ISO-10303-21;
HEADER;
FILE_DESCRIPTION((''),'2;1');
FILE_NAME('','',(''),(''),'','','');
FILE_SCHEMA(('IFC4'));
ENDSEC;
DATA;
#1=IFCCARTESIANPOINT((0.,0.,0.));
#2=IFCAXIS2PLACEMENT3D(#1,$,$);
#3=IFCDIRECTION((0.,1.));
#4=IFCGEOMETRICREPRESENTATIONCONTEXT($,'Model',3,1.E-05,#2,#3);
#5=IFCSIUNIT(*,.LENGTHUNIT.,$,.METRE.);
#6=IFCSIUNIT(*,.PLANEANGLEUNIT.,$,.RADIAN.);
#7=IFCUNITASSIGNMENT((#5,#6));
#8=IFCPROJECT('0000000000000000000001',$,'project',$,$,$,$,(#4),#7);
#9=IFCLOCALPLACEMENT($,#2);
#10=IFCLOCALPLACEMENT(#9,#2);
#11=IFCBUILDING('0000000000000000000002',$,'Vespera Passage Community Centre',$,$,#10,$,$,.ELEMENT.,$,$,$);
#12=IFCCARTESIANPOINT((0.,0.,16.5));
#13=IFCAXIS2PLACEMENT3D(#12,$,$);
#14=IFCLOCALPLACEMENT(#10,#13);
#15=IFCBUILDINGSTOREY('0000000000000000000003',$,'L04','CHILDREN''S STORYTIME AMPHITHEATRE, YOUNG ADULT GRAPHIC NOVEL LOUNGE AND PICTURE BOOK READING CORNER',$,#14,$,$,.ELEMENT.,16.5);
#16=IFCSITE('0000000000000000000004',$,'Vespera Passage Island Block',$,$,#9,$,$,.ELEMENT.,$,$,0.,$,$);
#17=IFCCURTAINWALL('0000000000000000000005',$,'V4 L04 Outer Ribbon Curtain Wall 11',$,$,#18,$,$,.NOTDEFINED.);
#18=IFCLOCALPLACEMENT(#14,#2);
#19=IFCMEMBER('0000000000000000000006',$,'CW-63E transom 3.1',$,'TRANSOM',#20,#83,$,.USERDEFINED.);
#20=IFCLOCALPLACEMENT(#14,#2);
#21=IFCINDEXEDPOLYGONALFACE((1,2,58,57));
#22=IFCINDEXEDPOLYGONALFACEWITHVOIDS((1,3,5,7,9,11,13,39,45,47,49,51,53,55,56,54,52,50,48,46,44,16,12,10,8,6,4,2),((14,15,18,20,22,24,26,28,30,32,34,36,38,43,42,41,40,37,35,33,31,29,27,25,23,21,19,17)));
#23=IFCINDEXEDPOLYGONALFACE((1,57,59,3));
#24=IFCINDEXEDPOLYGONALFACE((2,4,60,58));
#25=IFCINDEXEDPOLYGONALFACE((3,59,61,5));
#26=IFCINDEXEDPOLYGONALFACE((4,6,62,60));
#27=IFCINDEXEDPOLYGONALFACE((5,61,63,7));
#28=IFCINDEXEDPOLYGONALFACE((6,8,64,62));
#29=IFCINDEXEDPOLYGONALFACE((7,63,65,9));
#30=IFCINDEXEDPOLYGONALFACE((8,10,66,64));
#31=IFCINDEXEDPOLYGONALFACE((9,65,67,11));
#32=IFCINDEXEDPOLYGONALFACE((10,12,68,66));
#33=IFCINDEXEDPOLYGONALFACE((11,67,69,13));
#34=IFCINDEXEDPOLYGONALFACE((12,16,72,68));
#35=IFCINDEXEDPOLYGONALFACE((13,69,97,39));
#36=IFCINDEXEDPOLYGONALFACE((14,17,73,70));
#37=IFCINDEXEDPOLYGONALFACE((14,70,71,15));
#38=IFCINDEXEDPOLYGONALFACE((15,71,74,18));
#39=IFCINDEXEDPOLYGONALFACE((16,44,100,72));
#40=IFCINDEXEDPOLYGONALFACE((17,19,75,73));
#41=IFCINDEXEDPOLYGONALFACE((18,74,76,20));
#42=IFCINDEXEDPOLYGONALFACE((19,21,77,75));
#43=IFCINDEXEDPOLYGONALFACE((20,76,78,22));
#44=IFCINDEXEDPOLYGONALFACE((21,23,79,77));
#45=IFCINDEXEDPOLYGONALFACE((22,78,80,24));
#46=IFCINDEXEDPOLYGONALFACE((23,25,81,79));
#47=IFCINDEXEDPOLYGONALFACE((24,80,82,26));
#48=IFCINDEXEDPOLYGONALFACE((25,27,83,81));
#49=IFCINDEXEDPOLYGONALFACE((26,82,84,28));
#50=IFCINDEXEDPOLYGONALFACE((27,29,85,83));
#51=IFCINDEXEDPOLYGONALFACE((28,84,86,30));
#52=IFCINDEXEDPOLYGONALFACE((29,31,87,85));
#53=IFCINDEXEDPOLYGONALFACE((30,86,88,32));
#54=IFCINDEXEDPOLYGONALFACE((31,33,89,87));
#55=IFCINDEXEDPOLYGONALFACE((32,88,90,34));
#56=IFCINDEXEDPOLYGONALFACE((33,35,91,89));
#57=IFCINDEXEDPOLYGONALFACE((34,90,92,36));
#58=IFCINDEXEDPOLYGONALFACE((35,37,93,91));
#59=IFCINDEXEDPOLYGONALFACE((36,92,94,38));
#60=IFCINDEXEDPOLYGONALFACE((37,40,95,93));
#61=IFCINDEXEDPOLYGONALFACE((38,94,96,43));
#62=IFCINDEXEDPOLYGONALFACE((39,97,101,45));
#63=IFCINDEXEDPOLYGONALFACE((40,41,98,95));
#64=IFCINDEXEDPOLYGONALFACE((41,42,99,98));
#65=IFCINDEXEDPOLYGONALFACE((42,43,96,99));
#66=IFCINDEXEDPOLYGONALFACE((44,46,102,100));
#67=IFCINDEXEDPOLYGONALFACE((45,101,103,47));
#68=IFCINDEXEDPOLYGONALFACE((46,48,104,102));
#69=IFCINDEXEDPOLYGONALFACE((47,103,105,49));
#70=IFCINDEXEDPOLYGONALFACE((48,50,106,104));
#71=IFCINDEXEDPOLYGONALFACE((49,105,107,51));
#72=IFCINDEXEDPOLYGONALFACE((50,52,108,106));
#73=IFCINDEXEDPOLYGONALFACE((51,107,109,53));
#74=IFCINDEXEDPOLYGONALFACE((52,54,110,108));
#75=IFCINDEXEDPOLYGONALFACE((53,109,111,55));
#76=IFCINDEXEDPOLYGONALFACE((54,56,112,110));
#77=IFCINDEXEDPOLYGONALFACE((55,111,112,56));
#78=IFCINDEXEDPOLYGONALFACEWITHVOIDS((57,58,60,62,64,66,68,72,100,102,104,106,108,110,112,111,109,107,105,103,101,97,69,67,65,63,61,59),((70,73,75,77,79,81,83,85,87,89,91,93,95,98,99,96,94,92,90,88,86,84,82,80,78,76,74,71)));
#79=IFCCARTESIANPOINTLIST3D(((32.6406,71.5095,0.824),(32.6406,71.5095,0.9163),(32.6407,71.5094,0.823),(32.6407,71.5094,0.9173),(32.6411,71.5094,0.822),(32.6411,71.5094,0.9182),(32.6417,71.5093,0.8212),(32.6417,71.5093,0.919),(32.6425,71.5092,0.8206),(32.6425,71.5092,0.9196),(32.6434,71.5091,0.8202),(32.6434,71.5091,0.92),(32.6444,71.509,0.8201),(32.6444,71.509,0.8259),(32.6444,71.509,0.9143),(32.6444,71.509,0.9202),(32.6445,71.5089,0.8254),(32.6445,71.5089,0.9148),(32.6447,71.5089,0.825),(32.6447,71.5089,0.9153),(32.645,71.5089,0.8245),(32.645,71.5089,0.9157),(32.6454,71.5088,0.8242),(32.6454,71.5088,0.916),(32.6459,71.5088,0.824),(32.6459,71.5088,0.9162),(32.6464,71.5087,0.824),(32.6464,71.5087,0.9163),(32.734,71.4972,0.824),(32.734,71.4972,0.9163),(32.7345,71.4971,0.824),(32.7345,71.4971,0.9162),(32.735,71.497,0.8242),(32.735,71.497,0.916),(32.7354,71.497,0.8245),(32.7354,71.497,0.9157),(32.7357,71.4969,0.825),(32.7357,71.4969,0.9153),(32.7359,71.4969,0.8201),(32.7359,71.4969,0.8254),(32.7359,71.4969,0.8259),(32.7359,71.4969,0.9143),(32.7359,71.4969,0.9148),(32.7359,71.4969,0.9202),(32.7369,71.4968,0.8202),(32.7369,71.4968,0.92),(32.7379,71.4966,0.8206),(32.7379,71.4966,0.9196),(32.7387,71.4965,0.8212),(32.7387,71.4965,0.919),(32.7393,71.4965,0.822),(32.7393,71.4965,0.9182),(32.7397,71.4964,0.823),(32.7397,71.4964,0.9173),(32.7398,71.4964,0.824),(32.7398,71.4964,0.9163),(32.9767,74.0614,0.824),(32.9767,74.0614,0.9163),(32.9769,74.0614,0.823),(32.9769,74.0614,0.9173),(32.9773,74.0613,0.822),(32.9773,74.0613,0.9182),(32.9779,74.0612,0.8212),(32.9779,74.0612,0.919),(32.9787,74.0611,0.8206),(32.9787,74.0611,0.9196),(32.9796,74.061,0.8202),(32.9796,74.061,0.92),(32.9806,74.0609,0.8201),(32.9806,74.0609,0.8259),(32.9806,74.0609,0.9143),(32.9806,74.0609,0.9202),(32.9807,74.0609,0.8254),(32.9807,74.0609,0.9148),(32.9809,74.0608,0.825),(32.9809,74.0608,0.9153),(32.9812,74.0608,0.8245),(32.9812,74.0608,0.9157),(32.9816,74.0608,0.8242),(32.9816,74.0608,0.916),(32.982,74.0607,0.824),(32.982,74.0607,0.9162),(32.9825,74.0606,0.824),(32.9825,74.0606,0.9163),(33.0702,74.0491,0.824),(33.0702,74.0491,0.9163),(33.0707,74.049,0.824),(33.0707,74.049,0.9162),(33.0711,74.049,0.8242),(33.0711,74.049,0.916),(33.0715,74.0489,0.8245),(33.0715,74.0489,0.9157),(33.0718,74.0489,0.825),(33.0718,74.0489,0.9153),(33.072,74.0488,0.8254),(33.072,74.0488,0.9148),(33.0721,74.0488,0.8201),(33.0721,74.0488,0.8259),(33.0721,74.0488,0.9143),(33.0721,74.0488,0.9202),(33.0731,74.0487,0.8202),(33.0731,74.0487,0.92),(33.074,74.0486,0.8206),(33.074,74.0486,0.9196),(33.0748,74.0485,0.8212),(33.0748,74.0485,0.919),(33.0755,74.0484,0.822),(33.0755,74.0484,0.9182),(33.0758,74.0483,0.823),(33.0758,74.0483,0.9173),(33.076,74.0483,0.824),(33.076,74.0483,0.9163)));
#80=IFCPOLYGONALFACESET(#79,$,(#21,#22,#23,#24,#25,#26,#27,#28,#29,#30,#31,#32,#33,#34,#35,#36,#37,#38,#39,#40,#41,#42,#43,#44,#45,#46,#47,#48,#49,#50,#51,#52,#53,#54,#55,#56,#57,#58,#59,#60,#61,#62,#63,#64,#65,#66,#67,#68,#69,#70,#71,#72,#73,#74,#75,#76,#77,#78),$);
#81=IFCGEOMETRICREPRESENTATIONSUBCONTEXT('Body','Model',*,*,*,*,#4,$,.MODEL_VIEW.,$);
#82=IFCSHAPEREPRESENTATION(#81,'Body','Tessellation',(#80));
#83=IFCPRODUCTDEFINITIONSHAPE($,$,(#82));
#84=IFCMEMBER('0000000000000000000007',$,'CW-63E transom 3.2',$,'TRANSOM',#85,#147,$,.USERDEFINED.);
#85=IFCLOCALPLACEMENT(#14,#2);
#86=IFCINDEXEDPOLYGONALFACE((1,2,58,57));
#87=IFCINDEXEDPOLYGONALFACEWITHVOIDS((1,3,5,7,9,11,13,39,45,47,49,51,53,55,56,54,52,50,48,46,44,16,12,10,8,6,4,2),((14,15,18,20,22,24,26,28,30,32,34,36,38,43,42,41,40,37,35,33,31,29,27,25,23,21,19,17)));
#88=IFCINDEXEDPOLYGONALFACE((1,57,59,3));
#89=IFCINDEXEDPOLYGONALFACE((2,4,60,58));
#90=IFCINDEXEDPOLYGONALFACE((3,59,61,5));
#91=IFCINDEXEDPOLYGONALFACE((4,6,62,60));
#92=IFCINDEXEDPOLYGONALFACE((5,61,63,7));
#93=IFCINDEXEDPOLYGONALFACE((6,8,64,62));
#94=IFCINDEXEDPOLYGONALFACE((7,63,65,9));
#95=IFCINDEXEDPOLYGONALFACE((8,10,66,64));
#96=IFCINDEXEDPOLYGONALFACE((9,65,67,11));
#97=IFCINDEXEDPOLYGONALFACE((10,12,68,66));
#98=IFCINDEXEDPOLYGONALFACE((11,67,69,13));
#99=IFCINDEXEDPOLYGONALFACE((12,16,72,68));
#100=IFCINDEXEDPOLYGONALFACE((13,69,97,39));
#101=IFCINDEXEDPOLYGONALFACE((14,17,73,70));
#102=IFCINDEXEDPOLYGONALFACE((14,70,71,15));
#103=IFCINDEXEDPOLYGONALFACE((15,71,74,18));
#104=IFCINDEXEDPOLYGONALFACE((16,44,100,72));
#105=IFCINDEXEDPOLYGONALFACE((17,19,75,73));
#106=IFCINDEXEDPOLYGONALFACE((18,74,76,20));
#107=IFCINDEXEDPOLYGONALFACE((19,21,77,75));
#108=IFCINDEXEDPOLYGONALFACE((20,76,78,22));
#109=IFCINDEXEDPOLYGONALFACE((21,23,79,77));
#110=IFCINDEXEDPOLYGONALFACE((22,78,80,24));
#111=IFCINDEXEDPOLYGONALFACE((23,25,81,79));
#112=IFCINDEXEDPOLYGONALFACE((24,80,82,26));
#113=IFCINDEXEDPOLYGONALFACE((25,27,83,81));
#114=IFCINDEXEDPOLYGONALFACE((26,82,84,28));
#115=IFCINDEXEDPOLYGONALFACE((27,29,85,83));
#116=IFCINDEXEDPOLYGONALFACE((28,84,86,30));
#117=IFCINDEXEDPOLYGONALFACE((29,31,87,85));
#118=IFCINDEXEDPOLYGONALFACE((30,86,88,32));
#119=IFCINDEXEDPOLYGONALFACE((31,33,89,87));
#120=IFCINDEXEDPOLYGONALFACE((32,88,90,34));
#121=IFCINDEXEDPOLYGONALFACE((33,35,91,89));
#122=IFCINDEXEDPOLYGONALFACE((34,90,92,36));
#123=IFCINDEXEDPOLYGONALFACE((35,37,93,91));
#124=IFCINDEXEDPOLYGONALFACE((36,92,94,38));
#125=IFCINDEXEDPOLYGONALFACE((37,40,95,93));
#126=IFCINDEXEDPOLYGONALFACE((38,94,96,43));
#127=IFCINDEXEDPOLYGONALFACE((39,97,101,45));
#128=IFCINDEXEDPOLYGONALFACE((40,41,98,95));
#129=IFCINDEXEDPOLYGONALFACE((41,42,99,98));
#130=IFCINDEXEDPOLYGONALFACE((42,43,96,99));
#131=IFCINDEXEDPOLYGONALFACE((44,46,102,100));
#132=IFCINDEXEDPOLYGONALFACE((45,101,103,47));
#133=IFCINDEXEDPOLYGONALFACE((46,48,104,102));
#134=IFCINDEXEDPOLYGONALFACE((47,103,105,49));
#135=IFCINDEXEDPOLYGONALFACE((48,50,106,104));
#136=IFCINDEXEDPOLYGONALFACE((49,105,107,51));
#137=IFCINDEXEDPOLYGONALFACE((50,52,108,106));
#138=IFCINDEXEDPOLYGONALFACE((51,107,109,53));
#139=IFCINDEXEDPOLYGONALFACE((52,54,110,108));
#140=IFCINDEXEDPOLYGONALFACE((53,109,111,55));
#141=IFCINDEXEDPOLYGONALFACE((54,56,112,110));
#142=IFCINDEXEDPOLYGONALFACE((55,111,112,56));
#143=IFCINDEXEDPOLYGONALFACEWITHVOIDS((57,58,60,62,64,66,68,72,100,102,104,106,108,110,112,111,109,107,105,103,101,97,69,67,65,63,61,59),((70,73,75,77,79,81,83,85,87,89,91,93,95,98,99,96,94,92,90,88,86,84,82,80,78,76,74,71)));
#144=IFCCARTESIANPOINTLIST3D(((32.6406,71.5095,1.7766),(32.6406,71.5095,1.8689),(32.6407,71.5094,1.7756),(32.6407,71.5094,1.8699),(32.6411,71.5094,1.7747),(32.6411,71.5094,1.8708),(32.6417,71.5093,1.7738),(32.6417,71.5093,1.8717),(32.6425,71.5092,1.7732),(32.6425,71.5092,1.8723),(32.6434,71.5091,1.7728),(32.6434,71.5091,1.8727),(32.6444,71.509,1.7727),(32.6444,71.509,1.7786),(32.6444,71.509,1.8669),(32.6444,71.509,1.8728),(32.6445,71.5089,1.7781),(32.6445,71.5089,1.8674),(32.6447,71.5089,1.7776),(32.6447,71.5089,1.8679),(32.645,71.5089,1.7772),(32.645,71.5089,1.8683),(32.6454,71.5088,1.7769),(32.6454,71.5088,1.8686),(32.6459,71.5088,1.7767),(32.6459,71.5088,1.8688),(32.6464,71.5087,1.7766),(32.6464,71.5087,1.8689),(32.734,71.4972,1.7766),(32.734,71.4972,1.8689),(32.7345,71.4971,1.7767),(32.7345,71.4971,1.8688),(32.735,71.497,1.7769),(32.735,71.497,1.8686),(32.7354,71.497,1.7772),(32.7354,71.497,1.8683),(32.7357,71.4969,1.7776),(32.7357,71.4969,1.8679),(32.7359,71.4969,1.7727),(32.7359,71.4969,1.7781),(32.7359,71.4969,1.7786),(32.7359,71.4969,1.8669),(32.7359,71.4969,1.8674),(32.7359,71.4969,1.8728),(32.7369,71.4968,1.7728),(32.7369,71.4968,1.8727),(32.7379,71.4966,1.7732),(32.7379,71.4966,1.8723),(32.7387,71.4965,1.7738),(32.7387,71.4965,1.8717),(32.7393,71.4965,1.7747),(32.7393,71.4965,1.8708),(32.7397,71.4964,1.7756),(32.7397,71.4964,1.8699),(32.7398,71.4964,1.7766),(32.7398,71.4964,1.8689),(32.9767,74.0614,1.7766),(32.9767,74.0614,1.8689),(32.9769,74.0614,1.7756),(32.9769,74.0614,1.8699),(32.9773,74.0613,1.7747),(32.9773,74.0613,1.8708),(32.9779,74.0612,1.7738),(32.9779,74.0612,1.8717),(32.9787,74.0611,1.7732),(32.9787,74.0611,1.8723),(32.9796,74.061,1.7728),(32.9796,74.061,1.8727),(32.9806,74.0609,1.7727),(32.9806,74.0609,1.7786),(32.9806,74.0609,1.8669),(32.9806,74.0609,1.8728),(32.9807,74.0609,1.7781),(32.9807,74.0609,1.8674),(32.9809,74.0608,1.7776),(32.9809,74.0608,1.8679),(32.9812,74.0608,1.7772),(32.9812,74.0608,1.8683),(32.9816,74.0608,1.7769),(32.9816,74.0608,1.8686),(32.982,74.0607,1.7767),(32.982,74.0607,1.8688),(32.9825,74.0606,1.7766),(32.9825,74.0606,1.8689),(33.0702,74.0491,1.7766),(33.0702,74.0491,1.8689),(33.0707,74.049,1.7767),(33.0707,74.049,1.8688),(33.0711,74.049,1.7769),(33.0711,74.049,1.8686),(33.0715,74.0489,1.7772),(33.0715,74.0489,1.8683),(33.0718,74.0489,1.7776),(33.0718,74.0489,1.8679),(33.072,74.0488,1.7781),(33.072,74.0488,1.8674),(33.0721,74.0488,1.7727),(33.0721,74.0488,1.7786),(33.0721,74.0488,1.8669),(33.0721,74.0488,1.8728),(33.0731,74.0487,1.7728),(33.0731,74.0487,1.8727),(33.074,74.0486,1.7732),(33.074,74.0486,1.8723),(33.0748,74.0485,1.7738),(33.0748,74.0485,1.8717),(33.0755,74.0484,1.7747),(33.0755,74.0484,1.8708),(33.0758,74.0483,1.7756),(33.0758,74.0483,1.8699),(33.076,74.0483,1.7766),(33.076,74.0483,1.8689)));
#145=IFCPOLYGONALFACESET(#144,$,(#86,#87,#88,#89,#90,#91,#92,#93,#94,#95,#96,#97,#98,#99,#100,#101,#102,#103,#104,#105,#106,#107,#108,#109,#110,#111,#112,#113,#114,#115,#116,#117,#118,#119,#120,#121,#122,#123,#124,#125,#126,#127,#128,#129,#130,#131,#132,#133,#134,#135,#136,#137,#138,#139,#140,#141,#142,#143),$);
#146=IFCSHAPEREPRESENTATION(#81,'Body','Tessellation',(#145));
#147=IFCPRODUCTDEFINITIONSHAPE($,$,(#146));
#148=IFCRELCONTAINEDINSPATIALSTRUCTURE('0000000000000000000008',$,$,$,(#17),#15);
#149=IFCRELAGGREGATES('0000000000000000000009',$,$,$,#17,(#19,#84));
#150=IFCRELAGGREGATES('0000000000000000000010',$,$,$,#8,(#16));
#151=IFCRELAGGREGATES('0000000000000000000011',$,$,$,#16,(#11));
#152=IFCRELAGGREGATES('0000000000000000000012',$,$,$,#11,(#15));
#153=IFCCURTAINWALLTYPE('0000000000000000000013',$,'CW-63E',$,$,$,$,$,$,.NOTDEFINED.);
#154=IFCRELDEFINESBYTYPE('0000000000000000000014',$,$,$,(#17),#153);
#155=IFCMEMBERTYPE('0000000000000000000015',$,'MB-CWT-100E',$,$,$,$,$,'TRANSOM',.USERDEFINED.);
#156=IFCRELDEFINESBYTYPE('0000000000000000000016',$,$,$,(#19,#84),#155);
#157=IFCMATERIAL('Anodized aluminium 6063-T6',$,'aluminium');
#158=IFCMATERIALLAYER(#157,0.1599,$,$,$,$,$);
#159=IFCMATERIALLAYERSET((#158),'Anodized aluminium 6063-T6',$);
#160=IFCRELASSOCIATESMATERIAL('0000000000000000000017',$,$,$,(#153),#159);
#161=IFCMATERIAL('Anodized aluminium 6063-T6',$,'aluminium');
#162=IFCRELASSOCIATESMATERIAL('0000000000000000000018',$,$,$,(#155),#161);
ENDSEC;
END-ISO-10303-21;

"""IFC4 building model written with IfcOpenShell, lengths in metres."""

from ifc_helpers import new_model, si_unit, direction, frame, origin, origin_2d, place, context, subcontext, project, spatial, hollow_rectangle, extrude, material, layer, layer_set, material_profile, profile_set, type_object, element, aggregate, save


model = new_model("IFC4")

# Units and contexts
model_context = context("Model", 3, precision=1e-05, world=origin(), true_north=direction((0.0, 1.0)))
body_context = subcontext(model_context, "Body", "Model", "MODEL_VIEW")
ifc_project = project(units=[si_unit("LENGTHUNIT", "METRE"), si_unit("PLANEANGLEUNIT", "RADIAN")], contexts=[model_context])

# Site, building, storey
site_placement = place(None, origin())
site = spatial("IfcSite", under=ifc_project, at=site_placement, Name="Vespera Passage Island Block", CompositionType="ELEMENT", RefElevation=0.0)
building_placement = place(site_placement, origin())
building = spatial("IfcBuilding", under=site, at=building_placement, Name="Vespera Passage Community Centre", CompositionType="ELEMENT")
storey_placement = place(building_placement, frame((0.0, 0.0, 16.5)))
storey = spatial("IfcBuildingStorey", under=building, at=storey_placement, Name="L04", Description="CHILDREN'S STORYTIME AMPHITHEATRE, YOUNG ADULT GRAPHIC NOVEL LOUNGE AND PICTURE BOOK READING CORNER", CompositionType="ELEMENT", Elevation=16.5)

# Curtain wall, members
ifc_material_1 = material(Name="Anodized aluminium 6063-T6", Category="aluminium")
ifc_layer_1 = layer(ifc_material_1, 0.1599)
ifc_layer_set_1 = layer_set([ifc_layer_1], Name="Anodized aluminium 6063-T6")
curtain_wall_type = type_object("IfcCurtainWallType", Name="CW-63E", PredefinedType="NOTDEFINED", material=ifc_layer_set_1)
curtain_wall_placement = place(storey_placement, origin())
curtain_wall = element("IfcCurtainWall", 1, at=curtain_wall_placement, inside=storey, type_object=curtain_wall_type, Name="V4 L04 Outer Ribbon Curtain Wall 11", PredefinedType="NOTDEFINED")
ifc_material_2 = material(Name="Anodized aluminium 6063-T6", Category="aluminium")
ifc_material_profile_1 = material_profile(ifc_material_2, hollow_rectangle(XDim=0.1001, YDim=0.1001, WallThickness=0.0039, InnerFilletRadius=0.002, OuterFilletRadius=0.0039, at=origin_2d()), Name="ALU100X100X4")
ifc_profile_set_1 = profile_set([ifc_material_profile_1], Name="Anodized aluminium 6063-T6")
member_type_1 = type_object("IfcMemberType", Name="MB-CWT-100E", ElementType="TRANSOM", PredefinedType="USERDEFINED", material=ifc_profile_set_1)
member_1_placement = place(storey_placement, frame((32.6902, 71.5029, 0.8701), z_axis=(0.130604, 0.991435, 0.0), x_axis=(-0.991435, 0.130604, 0.0)))
member_1 = element("IfcMember", 2, at=member_1_placement, type_object=member_type_1, Name="CW-63E transom 3.1", ObjectType="TRANSOM", PredefinedType="USERDEFINED", context=body_context, shape_type="SweptSolid", body=[
    extrude(hollow_rectangle(XDim=0.1001, YDim=0.1001, WallThickness=0.0039, InnerFilletRadius=0.002, OuterFilletRadius=0.0039, at=origin_2d()), origin(), (0.0, 0.0, 1.0), 2.574),
])
member_2_placement = place(storey_placement, frame((32.6902, 71.5029, 1.8228), z_axis=(0.130604, 0.991435, 0.0), x_axis=(-0.991435, 0.130604, 0.0)))
member_2 = element("IfcMember", 3, at=member_2_placement, type_object=member_type_1, Name="CW-63E transom 3.2", ObjectType="TRANSOM", PredefinedType="USERDEFINED", context=body_context, shape_type="SweptSolid", body=[
    extrude(hollow_rectangle(XDim=0.1001, YDim=0.1001, WallThickness=0.0039, InnerFilletRadius=0.002, OuterFilletRadius=0.0039, at=origin_2d()), origin(), (0.0, 0.0, 1.0), 2.574),
])
aggregate(curtain_wall, [member_1, member_2])

save(model, "model.ifc")
